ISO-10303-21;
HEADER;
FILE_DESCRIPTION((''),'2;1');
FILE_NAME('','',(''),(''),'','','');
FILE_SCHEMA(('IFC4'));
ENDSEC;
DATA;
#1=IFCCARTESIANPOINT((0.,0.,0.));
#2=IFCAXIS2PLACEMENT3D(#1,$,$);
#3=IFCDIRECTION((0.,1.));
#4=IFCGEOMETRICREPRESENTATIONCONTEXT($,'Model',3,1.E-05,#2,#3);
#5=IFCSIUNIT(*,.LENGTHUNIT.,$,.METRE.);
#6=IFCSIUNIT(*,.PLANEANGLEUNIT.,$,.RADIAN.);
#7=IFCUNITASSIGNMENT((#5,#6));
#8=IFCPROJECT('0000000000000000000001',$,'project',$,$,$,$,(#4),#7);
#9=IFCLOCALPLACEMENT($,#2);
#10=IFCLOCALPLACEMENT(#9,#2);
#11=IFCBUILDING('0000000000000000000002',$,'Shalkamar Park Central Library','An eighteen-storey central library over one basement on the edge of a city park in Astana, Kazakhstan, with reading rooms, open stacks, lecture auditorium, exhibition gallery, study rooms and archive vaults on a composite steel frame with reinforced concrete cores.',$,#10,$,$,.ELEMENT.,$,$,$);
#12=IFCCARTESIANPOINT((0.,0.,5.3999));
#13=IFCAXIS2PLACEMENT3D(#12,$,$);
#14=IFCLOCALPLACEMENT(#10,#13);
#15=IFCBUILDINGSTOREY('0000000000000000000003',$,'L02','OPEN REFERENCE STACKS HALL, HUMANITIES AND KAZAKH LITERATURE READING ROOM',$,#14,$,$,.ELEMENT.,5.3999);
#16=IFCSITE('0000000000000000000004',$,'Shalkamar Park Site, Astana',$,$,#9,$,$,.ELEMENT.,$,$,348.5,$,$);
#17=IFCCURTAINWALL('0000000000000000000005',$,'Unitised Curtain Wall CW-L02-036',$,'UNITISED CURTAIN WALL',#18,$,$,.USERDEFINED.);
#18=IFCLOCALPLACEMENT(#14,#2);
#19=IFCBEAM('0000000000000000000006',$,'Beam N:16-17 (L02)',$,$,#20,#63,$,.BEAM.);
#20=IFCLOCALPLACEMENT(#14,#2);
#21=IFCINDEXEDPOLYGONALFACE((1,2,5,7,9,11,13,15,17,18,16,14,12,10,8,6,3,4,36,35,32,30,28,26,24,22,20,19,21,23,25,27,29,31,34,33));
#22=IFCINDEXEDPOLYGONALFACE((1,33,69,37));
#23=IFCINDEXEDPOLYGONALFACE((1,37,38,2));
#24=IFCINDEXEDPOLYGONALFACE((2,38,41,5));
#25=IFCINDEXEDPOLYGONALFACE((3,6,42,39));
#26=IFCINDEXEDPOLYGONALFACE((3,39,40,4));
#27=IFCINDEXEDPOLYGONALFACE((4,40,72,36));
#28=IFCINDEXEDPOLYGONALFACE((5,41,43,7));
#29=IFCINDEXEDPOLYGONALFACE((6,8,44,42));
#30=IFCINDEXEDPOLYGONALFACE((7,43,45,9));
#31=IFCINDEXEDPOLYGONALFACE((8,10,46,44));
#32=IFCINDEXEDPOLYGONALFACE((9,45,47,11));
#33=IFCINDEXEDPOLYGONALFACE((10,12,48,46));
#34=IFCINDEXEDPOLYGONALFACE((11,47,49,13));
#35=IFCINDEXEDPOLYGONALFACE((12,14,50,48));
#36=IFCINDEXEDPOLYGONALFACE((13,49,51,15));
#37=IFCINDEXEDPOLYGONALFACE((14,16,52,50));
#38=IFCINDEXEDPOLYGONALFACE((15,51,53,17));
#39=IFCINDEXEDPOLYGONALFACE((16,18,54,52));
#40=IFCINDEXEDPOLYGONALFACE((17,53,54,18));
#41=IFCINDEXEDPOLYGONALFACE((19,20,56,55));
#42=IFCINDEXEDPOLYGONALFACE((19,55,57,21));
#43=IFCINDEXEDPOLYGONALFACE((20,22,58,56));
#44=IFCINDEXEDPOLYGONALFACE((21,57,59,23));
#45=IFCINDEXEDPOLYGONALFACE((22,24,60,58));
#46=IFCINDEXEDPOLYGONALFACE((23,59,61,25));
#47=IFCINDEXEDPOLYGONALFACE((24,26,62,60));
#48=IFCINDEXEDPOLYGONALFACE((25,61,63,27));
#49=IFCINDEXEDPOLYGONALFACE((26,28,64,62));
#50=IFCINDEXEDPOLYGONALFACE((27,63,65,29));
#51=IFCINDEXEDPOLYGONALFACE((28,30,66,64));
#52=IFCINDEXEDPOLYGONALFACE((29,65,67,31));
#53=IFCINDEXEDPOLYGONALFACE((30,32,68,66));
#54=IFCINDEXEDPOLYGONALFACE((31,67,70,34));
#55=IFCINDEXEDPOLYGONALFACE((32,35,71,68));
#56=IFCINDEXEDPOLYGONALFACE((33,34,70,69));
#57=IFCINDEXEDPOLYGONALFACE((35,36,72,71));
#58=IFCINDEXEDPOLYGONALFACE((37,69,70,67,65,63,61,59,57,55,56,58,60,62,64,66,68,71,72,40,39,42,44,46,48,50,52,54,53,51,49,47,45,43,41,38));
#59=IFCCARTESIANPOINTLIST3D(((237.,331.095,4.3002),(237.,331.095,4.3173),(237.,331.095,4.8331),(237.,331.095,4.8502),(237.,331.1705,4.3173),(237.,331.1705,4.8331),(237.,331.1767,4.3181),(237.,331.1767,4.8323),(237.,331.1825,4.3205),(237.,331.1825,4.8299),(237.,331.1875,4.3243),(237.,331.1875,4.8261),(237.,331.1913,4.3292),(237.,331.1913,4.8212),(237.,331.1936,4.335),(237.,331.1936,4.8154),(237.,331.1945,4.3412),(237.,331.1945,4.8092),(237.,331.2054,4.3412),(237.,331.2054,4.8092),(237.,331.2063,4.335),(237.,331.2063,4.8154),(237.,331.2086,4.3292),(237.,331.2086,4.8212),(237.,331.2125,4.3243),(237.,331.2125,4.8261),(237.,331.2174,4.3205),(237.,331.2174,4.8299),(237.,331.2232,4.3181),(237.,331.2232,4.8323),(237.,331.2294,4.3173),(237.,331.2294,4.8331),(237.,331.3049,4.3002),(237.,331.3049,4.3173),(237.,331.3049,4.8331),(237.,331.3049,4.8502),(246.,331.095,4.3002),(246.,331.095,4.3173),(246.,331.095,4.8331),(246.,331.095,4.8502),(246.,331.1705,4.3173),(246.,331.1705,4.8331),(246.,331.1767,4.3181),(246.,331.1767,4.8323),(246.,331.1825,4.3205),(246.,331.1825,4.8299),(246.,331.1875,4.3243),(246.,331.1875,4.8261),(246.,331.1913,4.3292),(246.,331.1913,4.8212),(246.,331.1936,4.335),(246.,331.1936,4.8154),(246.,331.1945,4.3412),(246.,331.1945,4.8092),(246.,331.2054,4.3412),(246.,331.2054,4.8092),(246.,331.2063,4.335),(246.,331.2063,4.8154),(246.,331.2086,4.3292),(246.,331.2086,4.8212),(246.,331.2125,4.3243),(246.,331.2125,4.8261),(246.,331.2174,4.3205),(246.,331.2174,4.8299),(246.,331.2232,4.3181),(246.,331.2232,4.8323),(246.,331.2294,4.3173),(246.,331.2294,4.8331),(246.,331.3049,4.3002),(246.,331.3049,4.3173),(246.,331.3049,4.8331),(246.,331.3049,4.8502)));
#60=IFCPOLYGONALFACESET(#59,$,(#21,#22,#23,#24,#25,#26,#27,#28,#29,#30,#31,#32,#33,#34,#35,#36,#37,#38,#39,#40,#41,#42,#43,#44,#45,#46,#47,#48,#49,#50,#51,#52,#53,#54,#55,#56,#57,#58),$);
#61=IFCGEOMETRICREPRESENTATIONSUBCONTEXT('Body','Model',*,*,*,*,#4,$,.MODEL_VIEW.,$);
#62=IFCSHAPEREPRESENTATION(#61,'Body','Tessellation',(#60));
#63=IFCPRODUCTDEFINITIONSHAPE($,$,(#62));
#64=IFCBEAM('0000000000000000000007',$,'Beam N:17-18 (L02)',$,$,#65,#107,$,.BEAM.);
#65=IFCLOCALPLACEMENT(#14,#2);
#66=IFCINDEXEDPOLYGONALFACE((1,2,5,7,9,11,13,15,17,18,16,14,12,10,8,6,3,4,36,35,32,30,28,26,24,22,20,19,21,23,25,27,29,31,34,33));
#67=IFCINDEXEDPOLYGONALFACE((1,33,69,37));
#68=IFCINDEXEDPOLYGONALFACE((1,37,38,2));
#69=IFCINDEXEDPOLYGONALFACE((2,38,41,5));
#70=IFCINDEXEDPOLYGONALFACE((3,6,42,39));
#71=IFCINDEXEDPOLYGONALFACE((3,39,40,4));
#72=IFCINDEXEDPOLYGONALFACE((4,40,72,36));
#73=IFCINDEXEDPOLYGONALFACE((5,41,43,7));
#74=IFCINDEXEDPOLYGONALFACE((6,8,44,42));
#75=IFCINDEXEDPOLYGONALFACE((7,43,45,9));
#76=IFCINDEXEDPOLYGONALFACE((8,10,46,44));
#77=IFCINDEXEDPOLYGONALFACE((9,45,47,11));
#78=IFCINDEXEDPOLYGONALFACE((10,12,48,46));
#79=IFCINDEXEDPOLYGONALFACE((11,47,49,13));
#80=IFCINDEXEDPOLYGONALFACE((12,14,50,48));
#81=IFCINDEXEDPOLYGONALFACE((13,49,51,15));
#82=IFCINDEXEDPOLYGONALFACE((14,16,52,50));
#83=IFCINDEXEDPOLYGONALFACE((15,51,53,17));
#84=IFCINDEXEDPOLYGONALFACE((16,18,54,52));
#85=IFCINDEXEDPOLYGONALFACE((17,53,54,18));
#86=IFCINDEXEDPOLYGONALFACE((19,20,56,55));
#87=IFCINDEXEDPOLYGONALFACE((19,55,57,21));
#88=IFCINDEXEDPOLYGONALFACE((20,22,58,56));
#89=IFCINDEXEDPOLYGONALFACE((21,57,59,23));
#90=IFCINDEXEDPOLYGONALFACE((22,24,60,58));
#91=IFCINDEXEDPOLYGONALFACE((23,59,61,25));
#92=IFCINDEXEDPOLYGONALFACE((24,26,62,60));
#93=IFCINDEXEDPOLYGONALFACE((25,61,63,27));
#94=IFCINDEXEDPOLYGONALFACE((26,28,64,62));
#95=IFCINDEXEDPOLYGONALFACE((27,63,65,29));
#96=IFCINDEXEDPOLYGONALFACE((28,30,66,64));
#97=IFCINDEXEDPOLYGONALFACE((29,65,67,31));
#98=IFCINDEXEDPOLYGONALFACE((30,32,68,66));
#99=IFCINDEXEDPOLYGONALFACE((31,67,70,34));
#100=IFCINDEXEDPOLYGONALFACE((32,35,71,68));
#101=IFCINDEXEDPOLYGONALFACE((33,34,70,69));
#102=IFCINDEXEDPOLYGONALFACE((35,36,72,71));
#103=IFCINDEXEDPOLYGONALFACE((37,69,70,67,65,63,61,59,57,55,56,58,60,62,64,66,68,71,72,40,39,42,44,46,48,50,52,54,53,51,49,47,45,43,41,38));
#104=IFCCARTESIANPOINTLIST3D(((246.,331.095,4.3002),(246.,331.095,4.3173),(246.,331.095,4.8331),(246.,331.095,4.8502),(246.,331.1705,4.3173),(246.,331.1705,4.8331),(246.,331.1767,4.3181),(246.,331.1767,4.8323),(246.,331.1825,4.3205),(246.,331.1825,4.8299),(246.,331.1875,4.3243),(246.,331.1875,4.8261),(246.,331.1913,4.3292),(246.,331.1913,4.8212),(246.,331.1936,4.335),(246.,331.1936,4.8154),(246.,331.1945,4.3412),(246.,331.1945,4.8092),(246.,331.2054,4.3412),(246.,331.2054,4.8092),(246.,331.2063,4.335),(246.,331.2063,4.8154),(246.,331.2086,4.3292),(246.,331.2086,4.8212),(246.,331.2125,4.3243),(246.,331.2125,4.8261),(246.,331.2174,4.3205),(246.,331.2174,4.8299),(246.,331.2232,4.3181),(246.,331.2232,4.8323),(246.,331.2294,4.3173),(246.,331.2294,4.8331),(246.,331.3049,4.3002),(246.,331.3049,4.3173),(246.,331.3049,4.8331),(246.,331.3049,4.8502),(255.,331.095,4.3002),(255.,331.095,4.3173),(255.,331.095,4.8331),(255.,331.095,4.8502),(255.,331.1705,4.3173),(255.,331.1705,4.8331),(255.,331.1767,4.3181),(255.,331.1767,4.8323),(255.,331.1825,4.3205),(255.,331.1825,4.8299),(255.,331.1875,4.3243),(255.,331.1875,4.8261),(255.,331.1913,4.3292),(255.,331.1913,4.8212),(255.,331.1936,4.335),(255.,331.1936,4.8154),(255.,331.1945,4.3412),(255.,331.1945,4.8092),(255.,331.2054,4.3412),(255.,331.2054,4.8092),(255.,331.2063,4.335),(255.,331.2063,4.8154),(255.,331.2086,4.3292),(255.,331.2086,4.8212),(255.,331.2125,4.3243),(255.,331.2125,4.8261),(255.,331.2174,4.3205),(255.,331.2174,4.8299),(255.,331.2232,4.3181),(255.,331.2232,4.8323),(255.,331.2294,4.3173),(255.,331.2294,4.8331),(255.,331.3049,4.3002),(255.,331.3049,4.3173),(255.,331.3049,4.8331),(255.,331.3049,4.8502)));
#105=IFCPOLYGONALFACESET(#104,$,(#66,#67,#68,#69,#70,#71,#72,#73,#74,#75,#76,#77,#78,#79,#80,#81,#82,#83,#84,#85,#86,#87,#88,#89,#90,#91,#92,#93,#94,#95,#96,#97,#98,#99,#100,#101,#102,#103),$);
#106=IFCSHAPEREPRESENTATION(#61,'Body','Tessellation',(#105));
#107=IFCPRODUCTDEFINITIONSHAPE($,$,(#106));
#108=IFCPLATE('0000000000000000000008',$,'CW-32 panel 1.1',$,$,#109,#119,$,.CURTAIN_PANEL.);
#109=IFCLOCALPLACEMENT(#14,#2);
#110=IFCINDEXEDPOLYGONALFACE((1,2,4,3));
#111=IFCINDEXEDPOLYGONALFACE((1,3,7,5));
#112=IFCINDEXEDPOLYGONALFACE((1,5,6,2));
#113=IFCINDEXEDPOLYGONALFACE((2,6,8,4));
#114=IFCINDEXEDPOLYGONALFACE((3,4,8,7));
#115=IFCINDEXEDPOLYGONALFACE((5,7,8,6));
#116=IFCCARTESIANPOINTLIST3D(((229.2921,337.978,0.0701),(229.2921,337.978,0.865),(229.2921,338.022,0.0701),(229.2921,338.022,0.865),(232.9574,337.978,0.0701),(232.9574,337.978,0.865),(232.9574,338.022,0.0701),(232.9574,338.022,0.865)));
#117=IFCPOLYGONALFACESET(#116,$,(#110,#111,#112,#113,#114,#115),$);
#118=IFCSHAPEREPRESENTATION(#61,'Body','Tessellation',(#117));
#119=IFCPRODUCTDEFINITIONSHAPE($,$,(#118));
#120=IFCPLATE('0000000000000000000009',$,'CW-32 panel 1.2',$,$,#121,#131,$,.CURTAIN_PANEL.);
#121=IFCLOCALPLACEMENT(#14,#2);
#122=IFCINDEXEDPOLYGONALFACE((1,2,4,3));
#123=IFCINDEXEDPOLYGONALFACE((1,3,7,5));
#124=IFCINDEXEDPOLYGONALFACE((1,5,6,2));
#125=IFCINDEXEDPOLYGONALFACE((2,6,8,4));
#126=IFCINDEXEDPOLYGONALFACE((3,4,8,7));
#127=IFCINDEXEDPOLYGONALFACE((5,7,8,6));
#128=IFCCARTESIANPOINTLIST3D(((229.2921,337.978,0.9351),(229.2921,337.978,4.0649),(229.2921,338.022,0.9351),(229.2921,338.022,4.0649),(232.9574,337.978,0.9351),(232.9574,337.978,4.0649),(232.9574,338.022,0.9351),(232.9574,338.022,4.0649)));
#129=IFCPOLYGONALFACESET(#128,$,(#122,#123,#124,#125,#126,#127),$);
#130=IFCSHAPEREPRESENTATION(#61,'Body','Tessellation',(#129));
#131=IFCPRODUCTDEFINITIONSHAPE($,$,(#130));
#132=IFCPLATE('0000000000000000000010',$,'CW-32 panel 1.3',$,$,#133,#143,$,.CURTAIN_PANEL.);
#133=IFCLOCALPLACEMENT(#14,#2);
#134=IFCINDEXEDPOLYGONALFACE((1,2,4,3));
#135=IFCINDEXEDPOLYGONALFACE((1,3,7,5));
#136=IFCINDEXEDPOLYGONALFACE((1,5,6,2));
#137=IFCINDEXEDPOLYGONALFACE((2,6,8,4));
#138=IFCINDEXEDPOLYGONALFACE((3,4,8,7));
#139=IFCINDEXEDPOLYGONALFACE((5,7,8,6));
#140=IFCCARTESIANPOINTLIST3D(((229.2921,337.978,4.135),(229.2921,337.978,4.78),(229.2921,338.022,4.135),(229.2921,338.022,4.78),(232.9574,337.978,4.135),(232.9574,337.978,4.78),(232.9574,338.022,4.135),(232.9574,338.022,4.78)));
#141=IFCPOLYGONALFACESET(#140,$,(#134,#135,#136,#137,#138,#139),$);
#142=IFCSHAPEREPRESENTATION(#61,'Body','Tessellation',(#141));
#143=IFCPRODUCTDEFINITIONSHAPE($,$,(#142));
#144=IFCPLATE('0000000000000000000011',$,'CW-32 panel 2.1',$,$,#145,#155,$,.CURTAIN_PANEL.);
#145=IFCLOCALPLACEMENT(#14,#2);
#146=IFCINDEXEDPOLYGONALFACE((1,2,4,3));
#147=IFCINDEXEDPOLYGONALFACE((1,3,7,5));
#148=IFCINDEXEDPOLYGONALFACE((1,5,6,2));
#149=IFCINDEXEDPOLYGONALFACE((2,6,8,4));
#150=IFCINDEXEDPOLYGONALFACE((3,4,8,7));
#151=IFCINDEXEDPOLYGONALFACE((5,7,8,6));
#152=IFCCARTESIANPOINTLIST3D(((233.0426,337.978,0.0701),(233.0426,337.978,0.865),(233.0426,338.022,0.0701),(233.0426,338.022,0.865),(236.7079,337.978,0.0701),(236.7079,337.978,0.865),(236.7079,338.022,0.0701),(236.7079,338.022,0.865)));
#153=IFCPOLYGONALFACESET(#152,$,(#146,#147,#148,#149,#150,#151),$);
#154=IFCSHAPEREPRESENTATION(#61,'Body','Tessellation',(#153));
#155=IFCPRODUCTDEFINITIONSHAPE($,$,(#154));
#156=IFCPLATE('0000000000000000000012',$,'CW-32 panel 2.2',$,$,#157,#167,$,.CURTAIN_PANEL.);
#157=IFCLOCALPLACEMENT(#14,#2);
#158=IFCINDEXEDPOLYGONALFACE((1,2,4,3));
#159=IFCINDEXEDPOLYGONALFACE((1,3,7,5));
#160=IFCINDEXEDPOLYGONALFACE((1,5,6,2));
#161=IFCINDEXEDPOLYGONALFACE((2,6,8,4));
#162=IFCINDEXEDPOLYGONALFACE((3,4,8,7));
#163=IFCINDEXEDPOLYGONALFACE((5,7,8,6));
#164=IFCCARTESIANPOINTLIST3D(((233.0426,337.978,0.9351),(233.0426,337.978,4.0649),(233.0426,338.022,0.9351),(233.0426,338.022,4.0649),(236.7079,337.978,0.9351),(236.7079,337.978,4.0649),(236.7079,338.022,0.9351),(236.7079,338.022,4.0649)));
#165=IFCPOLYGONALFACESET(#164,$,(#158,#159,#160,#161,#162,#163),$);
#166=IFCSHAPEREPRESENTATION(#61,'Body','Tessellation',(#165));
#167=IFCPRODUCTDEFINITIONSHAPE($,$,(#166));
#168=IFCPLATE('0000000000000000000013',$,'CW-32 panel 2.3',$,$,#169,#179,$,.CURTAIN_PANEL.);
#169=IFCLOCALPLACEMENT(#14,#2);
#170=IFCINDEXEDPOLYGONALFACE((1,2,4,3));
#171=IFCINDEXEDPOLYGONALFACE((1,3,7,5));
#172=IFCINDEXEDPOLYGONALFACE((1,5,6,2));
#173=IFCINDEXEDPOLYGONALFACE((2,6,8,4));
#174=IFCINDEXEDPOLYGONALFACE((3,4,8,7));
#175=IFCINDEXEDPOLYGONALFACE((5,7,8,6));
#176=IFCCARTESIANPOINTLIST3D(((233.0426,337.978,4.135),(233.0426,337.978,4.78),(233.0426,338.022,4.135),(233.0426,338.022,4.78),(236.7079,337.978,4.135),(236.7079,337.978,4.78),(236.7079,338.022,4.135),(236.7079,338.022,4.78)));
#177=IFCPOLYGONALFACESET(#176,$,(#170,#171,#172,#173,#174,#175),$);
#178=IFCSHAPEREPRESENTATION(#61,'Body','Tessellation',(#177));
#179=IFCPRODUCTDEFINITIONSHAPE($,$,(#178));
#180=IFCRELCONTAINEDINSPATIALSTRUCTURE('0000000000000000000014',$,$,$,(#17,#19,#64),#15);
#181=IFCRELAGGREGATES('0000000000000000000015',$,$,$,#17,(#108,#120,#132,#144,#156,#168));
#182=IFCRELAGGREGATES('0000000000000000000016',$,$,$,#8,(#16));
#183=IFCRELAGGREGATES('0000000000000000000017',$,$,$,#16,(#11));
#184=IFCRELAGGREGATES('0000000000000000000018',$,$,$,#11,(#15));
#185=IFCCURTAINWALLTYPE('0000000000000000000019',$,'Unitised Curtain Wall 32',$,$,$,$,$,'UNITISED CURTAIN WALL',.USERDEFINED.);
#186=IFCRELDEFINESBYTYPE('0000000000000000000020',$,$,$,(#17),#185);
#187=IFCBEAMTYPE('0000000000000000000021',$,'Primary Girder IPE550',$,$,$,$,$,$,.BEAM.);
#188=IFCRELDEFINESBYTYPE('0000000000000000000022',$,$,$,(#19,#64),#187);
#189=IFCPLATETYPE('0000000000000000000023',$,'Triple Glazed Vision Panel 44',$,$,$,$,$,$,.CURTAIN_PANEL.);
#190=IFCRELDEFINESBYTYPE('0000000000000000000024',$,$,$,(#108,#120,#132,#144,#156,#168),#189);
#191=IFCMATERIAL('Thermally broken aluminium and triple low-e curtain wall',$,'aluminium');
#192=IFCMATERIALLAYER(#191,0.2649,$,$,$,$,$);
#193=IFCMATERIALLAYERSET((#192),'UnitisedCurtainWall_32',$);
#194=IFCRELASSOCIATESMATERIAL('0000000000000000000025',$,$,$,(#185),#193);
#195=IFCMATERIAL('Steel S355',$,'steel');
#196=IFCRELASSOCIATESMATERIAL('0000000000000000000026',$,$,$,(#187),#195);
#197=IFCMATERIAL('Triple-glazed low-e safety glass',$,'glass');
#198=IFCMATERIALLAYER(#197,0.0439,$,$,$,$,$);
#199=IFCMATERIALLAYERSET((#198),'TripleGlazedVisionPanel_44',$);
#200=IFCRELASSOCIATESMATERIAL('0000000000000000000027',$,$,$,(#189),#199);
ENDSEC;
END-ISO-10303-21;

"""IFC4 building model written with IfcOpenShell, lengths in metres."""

from ifc_helpers import new_model, si_unit, direction, frame, origin, origin_2d, place, context, subcontext, project, spatial, rectangle, i_section, extrude, material, layer, layer_set, material_profile, profile_set, type_object, element, aggregate, save


model = new_model("IFC4")

# Units and contexts
model_context = context("Model", 3, precision=1e-05, world=origin(), true_north=direction((0.0, 1.0)))
body_context = subcontext(model_context, "Body", "Model", "MODEL_VIEW")
ifc_project = project(units=[si_unit("LENGTHUNIT", "METRE"), si_unit("PLANEANGLEUNIT", "RADIAN")], contexts=[model_context])

# Site, building, storey
site_placement = place(None, origin())
site = spatial("IfcSite", under=ifc_project, at=site_placement, Name="Shalkamar Park Site, Astana", CompositionType="ELEMENT", RefElevation=348.5)
building_placement = place(site_placement, origin())
building = spatial("IfcBuilding", under=site, at=building_placement, Name="Shalkamar Park Central Library", Description="An eighteen-storey central library over one basement on the edge of a city park in Astana, Kazakhstan, with reading rooms, open stacks, lecture auditorium, exhibition gallery, study rooms and archive vaults on a composite steel frame with reinforced concrete cores.", CompositionType="ELEMENT")
storey_placement = place(building_placement, frame((0.0, 0.0, 5.3999)))
storey = spatial("IfcBuildingStorey", under=building, at=storey_placement, Name="L02", Description="OPEN REFERENCE STACKS HALL, HUMANITIES AND KAZAKH LITERATURE READING ROOM", CompositionType="ELEMENT", Elevation=5.3999)

# Shared definitions
ifc_material_1 = material(Name="Steel S355", Category="steel")

# Shared definitions
ifc_material_2 = material(Name="Thermally broken aluminium and triple low-e curtain wall", Category="aluminium")

# Curtain wall
ifc_layer_1 = layer(ifc_material_2, 0.2649)
ifc_layer_set_1 = layer_set([ifc_layer_1], Name="UnitisedCurtainWall_32")
curtain_wall_type_1 = type_object("IfcCurtainWallType", Name="Unitised Curtain Wall 32", ElementType="UNITISED CURTAIN WALL", PredefinedType="USERDEFINED", material=ifc_layer_set_1)
curtain_wall_1_placement = place(storey_placement, origin())
curtain_wall_1 = element("IfcCurtainWall", 1, at=curtain_wall_1_placement, inside=storey, type_object=curtain_wall_type_1, Name="Unitised Curtain Wall CW-L02-036", ObjectType="UNITISED CURTAIN WALL", PredefinedType="USERDEFINED")

# Beams
ifc_material_profile_1 = material_profile(ifc_material_1, i_section(OverallWidth=0.21, OverallDepth=0.55, WebThickness=0.011, FlangeThickness=0.0171, FilletRadius=0.0239, at=origin_2d()), Name="IPE 550")
ifc_profile_set_1 = profile_set([ifc_material_profile_1], Name="Steel S355")
beam_type_1 = type_object("IfcBeamType", Name="Primary Girder IPE550", PredefinedType="BEAM", material=ifc_profile_set_1)
for number, where, z_axis, x_axis, name in (
    (2, (237.0, 331.2, 4.5752), (1.0, 0.0, 0.0), (0.0, 1.0, 0.0), "Beam N:16-17 (L02)"),
    (3, (246.0, 331.2, 4.5752), (1.0, 0.0, 0.0), (0.0, 1.0, 0.0), "Beam N:17-18 (L02)"),
):
    element("IfcBeam", number, at=place(storey_placement, frame(where, z_axis=z_axis, x_axis=x_axis)), inside=storey, type_object=beam_type_1, Name=name, PredefinedType="BEAM", context=body_context, shape_type="SweptSolid", body=[
        extrude(i_section(OverallWidth=0.21, OverallDepth=0.55, WebThickness=0.011, FlangeThickness=0.0171, FilletRadius=0.0239, at=origin_2d()), origin(), (0.0, 0.0, 1.0), 9.0),
    ])

# Plates
ifc_material_3 = material(Name="Triple-glazed low-e safety glass", Category="glass")
ifc_layer_2 = layer(ifc_material_3, 0.0439)
ifc_layer_set_2 = layer_set([ifc_layer_2], Name="TripleGlazedVisionPanel_44")
plate_type = type_object("IfcPlateType", Name="Triple Glazed Vision Panel 44", PredefinedType="CURTAIN_PANEL", material=ifc_layer_set_2)
plate_1_placement = place(storey_placement, frame((231.1248, 338.0, 0.0701), z_axis=(0.0, 0.0, 1.0), x_axis=(1.0, 0.0, 0.0)))
plate_1 = element("IfcPlate", 4, at=plate_1_placement, type_object=plate_type, Name="CW-32 panel 1.1", PredefinedType="CURTAIN_PANEL", context=body_context, shape_type="SweptSolid", body=[
    extrude(rectangle(XDim=3.6653, YDim=0.0439, at=origin_2d()), origin(), (0.0, 0.0, 1.0), 0.7949),
])
plate_2_placement = place(storey_placement, frame((231.1248, 338.0, 0.9351), z_axis=(0.0, 0.0, 1.0), x_axis=(1.0, 0.0, 0.0)))
plate_2 = element("IfcPlate", 5, at=plate_2_placement, type_object=plate_type, Name="CW-32 panel 1.2", PredefinedType="CURTAIN_PANEL", context=body_context, shape_type="SweptSolid", body=[
    extrude(rectangle(XDim=3.6653, YDim=0.0439, at=origin_2d()), origin(), (0.0, 0.0, 1.0), 3.1299),
])
plate_3_placement = place(storey_placement, frame((231.1248, 338.0, 4.135), z_axis=(0.0, 0.0, 1.0), x_axis=(1.0, 0.0, 0.0)))
plate_3 = element("IfcPlate", 6, at=plate_3_placement, type_object=plate_type, Name="CW-32 panel 1.3", PredefinedType="CURTAIN_PANEL", context=body_context, shape_type="SweptSolid", body=[
    extrude(rectangle(XDim=3.6653, YDim=0.0439, at=origin_2d()), origin(), (0.0, 0.0, 1.0), 0.645),
])
plate_4_placement = place(storey_placement, frame((234.8752, 338.0, 0.0701), z_axis=(0.0, 0.0, 1.0), x_axis=(1.0, 0.0, 0.0)))
plate_4 = element("IfcPlate", 7, at=plate_4_placement, type_object=plate_type, Name="CW-32 panel 2.1", PredefinedType="CURTAIN_PANEL", context=body_context, shape_type="SweptSolid", body=[
    extrude(rectangle(XDim=3.6653, YDim=0.0439, at=origin_2d()), origin(), (0.0, 0.0, 1.0), 0.7949),
])
plate_5_placement = place(storey_placement, frame((234.8752, 338.0, 0.9351), z_axis=(0.0, 0.0, 1.0), x_axis=(1.0, 0.0, 0.0)))
plate_5 = element("IfcPlate", 8, at=plate_5_placement, type_object=plate_type, Name="CW-32 panel 2.2", PredefinedType="CURTAIN_PANEL", context=body_context, shape_type="SweptSolid", body=[
    extrude(rectangle(XDim=3.6653, YDim=0.0439, at=origin_2d()), origin(), (0.0, 0.0, 1.0), 3.1299),
])
plate_6_placement = place(storey_placement, frame((234.8752, 338.0, 4.135), z_axis=(0.0, 0.0, 1.0), x_axis=(1.0, 0.0, 0.0)))
plate_6 = element("IfcPlate", 9, at=plate_6_placement, type_object=plate_type, Name="CW-32 panel 2.3", PredefinedType="CURTAIN_PANEL", context=body_context, shape_type="SweptSolid", body=[
    extrude(rectangle(XDim=3.6653, YDim=0.0439, at=origin_2d()), origin(), (0.0, 0.0, 1.0), 0.645),
])
aggregate(curtain_wall_1, [plate_1, plate_2, plate_3, plate_4, plate_5, plate_6])

save(model, "model.ifc")
